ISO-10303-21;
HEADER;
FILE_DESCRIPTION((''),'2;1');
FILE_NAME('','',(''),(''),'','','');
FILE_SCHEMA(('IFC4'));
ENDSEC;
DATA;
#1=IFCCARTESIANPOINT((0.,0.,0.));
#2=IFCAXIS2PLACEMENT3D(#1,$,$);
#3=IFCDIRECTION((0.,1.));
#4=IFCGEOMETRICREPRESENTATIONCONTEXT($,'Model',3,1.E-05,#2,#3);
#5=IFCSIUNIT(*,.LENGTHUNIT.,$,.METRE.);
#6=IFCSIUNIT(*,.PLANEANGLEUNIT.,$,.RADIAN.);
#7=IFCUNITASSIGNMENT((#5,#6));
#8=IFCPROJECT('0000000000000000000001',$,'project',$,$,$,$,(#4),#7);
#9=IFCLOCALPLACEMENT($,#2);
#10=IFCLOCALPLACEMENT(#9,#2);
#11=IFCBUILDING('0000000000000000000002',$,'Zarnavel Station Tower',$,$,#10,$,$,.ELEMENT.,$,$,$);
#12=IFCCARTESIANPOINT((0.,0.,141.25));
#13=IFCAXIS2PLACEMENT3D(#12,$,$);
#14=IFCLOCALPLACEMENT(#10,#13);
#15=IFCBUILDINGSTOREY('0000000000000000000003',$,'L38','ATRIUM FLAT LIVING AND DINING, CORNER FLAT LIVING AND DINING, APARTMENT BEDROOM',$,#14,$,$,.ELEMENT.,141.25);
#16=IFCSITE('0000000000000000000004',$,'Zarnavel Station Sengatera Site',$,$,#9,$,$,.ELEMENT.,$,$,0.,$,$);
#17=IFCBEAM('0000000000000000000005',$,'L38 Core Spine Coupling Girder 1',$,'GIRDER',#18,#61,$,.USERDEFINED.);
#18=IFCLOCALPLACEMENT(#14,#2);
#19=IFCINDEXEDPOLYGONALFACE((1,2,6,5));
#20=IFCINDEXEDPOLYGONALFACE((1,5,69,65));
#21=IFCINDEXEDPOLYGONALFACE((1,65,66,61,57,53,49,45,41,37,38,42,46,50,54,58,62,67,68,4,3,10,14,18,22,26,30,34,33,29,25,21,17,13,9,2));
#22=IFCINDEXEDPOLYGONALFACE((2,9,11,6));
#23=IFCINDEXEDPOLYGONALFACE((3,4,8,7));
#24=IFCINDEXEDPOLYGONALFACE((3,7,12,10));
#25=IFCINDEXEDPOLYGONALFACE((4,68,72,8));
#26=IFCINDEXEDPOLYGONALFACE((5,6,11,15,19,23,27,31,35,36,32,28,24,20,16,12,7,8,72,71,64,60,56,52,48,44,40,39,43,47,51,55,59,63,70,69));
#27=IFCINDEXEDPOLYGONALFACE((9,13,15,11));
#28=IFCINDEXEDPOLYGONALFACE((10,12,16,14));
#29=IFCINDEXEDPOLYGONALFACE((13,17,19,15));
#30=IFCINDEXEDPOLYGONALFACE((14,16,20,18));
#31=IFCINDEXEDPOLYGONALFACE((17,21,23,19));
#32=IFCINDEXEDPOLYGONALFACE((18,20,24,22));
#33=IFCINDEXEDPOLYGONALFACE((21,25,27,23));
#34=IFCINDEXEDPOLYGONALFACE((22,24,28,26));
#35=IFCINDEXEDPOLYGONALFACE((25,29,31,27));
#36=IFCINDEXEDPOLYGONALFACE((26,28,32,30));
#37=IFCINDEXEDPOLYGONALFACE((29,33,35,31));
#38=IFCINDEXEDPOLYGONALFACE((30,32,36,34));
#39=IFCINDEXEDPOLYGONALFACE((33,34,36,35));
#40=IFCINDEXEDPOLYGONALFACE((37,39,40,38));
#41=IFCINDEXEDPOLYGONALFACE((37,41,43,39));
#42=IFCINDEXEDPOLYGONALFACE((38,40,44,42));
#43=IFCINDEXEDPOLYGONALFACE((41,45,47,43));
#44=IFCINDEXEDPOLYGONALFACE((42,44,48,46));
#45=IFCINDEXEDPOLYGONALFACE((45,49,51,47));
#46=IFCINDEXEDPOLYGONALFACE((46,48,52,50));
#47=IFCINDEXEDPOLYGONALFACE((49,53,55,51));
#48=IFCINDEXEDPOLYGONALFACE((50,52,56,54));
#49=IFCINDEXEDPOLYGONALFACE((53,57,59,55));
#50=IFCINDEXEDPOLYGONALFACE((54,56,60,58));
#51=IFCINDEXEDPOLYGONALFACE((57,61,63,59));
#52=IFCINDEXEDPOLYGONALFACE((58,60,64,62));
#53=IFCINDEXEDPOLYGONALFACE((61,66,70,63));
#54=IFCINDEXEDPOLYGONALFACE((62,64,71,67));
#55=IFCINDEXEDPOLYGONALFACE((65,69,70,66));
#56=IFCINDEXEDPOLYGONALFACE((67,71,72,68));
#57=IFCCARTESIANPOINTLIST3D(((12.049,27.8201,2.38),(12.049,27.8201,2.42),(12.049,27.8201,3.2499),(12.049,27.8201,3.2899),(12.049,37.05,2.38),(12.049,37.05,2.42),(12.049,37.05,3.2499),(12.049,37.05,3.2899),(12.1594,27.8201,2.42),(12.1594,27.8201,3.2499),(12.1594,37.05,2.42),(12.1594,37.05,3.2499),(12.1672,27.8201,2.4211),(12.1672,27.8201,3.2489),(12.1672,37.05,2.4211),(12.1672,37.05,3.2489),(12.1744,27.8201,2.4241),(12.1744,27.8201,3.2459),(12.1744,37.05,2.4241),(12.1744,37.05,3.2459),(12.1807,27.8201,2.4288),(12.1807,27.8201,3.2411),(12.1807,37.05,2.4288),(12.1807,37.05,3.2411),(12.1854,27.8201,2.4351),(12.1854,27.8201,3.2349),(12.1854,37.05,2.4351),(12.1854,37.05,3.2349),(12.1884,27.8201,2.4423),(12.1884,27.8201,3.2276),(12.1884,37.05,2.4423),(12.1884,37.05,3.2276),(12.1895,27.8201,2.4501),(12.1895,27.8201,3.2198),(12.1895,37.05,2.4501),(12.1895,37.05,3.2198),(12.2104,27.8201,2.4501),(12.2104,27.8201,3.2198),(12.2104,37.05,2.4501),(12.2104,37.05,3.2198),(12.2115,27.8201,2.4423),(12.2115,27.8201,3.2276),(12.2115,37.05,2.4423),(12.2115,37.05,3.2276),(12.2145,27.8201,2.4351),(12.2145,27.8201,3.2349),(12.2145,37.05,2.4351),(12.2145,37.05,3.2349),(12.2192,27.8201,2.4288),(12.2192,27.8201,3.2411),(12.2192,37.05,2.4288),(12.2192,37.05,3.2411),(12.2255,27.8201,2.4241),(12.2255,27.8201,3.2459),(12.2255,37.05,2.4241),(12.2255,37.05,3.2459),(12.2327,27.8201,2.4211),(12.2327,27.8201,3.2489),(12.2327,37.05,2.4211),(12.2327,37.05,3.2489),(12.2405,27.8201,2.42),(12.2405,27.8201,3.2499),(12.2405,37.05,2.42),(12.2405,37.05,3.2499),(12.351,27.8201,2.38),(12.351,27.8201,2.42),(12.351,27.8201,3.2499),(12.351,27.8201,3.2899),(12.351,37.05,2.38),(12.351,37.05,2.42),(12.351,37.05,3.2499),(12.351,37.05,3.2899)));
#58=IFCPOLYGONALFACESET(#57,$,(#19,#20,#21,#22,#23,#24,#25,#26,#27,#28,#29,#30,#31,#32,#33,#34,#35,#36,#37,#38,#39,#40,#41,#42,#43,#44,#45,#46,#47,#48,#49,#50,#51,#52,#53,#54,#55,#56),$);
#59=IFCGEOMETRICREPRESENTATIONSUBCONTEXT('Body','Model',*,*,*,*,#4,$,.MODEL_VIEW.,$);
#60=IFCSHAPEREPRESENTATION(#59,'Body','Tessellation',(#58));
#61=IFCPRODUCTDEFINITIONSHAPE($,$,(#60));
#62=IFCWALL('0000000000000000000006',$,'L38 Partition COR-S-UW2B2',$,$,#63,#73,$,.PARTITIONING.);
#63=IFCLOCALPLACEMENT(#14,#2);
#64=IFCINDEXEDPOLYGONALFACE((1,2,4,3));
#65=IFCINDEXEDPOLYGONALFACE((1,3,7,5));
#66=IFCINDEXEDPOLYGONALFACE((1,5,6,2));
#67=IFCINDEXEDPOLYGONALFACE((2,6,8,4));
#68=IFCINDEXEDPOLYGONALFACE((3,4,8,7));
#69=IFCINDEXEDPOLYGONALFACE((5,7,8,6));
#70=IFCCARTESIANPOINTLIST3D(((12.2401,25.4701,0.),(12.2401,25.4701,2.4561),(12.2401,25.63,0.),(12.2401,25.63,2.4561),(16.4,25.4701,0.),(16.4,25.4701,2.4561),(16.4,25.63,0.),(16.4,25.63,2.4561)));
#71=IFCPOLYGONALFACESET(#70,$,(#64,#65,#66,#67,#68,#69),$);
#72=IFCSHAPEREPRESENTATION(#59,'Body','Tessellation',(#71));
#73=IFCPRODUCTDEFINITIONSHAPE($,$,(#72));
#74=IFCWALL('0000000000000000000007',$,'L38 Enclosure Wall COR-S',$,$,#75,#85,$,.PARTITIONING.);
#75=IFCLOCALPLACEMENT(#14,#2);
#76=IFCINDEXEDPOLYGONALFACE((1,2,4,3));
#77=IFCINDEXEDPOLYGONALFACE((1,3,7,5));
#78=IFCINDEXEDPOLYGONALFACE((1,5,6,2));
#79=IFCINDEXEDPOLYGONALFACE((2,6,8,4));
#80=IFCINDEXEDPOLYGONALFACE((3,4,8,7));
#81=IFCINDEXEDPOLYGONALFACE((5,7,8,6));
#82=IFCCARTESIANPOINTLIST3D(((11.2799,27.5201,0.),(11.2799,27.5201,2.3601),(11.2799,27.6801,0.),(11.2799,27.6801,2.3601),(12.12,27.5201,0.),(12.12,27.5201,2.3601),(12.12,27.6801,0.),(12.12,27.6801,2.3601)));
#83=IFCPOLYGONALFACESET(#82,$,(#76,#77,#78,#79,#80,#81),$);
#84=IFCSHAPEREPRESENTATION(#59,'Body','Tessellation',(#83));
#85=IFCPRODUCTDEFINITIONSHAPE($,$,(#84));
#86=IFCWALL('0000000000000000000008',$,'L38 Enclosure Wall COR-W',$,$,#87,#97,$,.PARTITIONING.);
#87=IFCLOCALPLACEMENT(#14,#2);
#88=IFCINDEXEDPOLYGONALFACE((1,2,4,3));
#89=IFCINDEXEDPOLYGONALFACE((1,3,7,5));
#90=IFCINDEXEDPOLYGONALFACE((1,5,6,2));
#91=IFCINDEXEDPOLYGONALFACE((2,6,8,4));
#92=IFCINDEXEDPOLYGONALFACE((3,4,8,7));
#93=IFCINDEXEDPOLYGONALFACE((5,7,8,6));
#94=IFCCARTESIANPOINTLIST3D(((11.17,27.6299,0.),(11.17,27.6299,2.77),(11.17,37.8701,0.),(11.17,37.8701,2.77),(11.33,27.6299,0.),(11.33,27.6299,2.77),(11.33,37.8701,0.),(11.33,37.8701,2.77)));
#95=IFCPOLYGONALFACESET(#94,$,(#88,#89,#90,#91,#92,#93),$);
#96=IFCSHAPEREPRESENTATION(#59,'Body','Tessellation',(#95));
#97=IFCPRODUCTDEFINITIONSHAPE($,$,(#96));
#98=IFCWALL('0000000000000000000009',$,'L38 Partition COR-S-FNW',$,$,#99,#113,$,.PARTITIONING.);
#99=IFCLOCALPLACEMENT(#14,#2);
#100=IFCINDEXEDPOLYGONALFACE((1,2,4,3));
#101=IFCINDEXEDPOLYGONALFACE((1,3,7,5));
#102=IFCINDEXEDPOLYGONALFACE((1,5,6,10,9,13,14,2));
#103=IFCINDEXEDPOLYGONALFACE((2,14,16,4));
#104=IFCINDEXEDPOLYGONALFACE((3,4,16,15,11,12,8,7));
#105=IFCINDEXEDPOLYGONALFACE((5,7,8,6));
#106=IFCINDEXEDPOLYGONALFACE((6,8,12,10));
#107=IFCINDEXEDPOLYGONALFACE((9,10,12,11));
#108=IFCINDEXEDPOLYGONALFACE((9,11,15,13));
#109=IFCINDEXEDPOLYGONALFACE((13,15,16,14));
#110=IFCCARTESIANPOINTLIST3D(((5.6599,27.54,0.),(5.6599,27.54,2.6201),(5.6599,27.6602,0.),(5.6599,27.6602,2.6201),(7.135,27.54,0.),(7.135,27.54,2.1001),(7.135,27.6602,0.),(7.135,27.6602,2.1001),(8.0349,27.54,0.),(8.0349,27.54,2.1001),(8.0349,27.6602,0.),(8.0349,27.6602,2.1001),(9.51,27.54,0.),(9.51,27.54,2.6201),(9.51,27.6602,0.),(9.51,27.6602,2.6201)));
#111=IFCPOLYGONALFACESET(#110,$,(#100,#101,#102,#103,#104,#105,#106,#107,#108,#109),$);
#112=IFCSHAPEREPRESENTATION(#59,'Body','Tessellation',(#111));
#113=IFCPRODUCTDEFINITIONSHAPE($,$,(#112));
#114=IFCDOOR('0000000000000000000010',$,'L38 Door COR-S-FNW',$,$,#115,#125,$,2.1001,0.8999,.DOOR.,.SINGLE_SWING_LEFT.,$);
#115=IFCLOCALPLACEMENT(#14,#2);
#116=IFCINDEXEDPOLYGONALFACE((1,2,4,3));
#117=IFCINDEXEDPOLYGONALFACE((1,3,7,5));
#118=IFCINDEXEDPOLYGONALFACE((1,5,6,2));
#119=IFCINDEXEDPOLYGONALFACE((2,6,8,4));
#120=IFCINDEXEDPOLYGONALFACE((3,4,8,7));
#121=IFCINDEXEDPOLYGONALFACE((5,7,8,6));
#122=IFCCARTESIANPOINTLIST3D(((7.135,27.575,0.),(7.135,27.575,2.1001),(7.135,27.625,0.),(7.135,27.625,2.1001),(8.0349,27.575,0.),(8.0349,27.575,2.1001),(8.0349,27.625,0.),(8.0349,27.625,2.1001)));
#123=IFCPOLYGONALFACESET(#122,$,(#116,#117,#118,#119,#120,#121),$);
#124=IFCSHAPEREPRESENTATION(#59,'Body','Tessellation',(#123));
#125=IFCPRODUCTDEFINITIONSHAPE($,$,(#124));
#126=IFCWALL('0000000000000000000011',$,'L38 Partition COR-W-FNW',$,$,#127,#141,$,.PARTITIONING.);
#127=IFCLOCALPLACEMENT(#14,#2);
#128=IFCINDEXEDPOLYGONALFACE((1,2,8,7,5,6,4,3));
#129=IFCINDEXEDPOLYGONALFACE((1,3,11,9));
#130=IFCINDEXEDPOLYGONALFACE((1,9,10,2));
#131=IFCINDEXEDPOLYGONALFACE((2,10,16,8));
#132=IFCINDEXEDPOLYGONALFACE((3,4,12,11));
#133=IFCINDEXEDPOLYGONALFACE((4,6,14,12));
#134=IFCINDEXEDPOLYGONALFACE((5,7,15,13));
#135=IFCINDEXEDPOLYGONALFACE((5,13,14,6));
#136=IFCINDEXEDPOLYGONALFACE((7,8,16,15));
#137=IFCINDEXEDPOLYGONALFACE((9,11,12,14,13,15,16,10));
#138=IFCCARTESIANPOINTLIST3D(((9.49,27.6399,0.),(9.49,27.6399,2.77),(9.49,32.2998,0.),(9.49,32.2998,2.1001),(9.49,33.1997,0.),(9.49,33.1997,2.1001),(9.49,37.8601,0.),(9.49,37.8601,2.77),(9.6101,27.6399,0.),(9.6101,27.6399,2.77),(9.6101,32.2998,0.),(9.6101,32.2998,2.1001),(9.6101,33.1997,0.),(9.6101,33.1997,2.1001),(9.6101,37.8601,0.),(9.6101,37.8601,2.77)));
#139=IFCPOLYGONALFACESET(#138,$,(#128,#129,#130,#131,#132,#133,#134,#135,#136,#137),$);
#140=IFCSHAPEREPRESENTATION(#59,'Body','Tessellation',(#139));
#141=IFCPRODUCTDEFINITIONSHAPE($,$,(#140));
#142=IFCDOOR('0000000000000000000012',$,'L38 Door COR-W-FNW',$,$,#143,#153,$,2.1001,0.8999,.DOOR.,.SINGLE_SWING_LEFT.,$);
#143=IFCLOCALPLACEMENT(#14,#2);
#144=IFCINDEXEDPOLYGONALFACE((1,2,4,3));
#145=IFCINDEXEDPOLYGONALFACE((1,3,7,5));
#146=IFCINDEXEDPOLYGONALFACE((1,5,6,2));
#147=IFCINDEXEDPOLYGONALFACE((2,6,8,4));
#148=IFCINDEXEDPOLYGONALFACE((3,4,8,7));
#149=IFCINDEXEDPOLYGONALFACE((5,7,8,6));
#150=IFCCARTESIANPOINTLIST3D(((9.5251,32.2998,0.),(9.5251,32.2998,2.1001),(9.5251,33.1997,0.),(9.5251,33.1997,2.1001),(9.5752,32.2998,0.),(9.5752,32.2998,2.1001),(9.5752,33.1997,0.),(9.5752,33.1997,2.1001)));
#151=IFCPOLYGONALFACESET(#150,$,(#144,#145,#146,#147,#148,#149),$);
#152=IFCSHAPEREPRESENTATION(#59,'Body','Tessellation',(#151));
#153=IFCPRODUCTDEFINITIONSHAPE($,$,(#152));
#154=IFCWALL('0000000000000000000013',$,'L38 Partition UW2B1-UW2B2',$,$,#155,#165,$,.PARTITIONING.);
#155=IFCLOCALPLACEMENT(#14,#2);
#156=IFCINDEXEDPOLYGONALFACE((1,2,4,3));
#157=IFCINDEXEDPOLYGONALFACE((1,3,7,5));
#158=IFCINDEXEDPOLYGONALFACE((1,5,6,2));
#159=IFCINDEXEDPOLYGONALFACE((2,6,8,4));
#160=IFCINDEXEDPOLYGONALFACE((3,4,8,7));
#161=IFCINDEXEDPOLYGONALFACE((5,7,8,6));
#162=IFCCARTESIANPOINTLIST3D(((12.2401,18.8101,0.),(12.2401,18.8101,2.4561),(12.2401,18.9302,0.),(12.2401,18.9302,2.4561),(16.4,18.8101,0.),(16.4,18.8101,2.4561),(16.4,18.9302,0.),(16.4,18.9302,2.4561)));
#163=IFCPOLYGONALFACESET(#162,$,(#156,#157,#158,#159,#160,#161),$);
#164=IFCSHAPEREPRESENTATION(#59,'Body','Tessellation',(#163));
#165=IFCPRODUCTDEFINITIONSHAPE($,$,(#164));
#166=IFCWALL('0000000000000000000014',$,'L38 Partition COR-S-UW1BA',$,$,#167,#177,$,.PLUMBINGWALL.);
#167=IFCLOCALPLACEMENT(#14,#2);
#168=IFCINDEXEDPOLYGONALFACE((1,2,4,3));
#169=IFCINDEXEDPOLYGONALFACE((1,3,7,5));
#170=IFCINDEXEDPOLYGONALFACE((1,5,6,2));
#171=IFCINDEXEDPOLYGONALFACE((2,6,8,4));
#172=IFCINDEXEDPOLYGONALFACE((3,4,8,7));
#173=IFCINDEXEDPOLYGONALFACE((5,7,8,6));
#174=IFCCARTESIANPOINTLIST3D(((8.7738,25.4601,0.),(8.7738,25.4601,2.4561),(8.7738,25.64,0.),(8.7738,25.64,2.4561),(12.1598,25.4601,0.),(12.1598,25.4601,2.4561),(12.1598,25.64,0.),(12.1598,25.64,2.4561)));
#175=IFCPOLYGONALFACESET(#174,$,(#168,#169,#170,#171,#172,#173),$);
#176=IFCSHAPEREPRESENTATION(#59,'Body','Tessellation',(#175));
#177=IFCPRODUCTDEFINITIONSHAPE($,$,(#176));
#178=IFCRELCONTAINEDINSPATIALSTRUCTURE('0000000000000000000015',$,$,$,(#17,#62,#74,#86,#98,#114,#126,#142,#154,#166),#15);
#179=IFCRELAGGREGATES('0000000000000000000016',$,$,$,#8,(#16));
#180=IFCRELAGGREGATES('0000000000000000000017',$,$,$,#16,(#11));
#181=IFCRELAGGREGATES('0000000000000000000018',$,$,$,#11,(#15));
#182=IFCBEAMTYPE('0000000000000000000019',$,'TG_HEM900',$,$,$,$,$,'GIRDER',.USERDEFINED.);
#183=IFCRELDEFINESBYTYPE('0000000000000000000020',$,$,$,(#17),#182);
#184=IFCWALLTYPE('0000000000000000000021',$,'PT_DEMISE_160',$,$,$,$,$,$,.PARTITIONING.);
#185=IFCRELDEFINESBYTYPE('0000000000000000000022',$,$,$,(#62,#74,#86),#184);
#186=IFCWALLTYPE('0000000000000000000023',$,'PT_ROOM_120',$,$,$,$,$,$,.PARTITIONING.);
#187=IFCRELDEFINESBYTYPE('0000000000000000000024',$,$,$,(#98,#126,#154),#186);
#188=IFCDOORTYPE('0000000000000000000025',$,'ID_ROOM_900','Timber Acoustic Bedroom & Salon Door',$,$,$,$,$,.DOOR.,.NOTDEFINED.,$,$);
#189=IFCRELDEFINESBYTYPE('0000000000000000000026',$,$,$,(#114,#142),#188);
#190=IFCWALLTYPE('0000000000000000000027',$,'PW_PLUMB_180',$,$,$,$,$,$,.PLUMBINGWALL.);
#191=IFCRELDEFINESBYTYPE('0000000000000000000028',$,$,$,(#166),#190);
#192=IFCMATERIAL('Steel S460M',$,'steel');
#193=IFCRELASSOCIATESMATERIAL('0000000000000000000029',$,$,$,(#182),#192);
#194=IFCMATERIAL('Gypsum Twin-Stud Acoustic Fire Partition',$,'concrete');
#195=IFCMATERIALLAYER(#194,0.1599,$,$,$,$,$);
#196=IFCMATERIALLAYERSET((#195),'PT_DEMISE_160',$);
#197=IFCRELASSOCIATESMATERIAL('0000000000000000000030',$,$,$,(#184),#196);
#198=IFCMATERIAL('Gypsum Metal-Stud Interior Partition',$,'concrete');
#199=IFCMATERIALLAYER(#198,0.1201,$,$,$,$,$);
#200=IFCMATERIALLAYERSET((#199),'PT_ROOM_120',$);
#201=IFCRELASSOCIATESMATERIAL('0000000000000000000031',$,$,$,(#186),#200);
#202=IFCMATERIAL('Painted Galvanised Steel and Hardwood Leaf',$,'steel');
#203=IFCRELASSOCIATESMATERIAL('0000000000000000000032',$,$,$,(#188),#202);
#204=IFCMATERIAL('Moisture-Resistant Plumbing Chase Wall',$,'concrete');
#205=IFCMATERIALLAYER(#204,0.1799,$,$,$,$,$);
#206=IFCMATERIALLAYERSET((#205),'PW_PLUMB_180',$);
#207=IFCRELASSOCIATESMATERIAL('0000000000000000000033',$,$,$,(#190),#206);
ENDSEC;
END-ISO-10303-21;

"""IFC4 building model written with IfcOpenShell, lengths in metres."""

from ifc_helpers import new_model, si_unit, direction, frame, frame_2d, origin, origin_2d, place, context, subcontext, project, spatial, rectangle, i_section, extrude, material, layer, layer_set, material_profile, profile_set, type_object, element, fill, save


model = new_model("IFC4")

# Units and contexts
model_context = context("Model", 3, precision=1e-05, world=origin(), true_north=direction((0.0, 1.0)))
body_context = subcontext(model_context, "Body", "Model", "MODEL_VIEW")
ifc_project = project(units=[si_unit("LENGTHUNIT", "METRE"), si_unit("PLANEANGLEUNIT", "RADIAN")], contexts=[model_context])

# Site, building, storey
site_placement = place(None, origin())
site = spatial("IfcSite", under=ifc_project, at=site_placement, Name="Zarnavel Station Sengatera Site", CompositionType="ELEMENT", RefElevation=0.0)
building_placement = place(site_placement, origin())
building = spatial("IfcBuilding", under=site, at=building_placement, Name="Zarnavel Station Tower", CompositionType="ELEMENT")
storey_placement = place(building_placement, frame((0.0, 0.0, 141.25)))
storey = spatial("IfcBuildingStorey", under=building, at=storey_placement, Name="L38", Description="ATRIUM FLAT LIVING AND DINING, CORNER FLAT LIVING AND DINING, APARTMENT BEDROOM", CompositionType="ELEMENT", Elevation=141.25)

# Beam
ifc_material_1 = material(Name="Steel S460M", Category="steel")
ifc_material_profile_1 = material_profile(ifc_material_1, i_section(OverallWidth=0.302, OverallDepth=0.9099, WebThickness=0.021, FlangeThickness=0.04, FilletRadius=0.03, at=origin_2d()), Name="HEM900")
ifc_profile_set_1 = profile_set([ifc_material_profile_1], Name="Steel S460M")
beam_type_1 = type_object("IfcBeamType", Name="TG_HEM900", ElementType="GIRDER", PredefinedType="USERDEFINED", material=ifc_profile_set_1)
beam_1_placement = place(storey_placement, frame((12.2, 27.8201, 2.835), z_axis=(0.0, 1.0, 0.0), x_axis=(-1.0, 0.0, 0.0)))
element("IfcBeam", 1, at=beam_1_placement, inside=storey, type_object=beam_type_1, Name="L38 Core Spine Coupling Girder 1", ObjectType="GIRDER", PredefinedType="USERDEFINED", context=body_context, shape_type="SweptSolid", body=[
    extrude(i_section(OverallWidth=0.302, OverallDepth=0.9099, WebThickness=0.021, FlangeThickness=0.04, FilletRadius=0.03, at=origin_2d()), origin(), (0.0, 0.0, 1.0), 9.23),
])

# Shared definitions
ifc_material_2 = material(Name="Gypsum Twin-Stud Acoustic Fire Partition", Category="concrete")
ifc_layer_1 = layer(ifc_material_2, 0.1599)
ifc_layer_set_1 = layer_set([ifc_layer_1], Name="PT_DEMISE_160")
wall_type_1 = type_object("IfcWallType", Name="PT_DEMISE_160", PredefinedType="PARTITIONING", material=ifc_layer_set_1)

# Walls
wall_1_placement = place(storey_placement, frame((12.24, 25.55, 0.0), z_axis=(0.0, 0.0, 1.0), x_axis=(1.0, 0.0, 0.0)))
element("IfcWall", 2, at=wall_1_placement, inside=storey, type_object=wall_type_1, Name="L38 Partition COR-S-UW2B2", PredefinedType="PARTITIONING", context=body_context, shape_type="SweptSolid", body=[
    extrude(rectangle(XDim=4.1599, YDim=0.1599, at=frame_2d((2.0801, 0.0))), origin(), (0.0, 0.0, 1.0), 2.4561),
])
wall_2_placement = place(storey_placement, frame((11.28, 27.6001, 0.0), z_axis=(0.0, 0.0, 1.0), x_axis=(1.0, 0.0, 0.0)))
element("IfcWall", 3, at=wall_2_placement, inside=storey, type_object=wall_type_1, Name="L38 Enclosure Wall COR-S", PredefinedType="PARTITIONING", context=body_context, shape_type="SweptSolid", body=[
    extrude(rectangle(XDim=0.8401, YDim=0.1599, at=frame_2d((0.4199, 0.0))), origin(), (0.0, 0.0, 1.0), 2.3601),
])
wall_3_placement = place(storey_placement, frame((11.25, 27.6299, 0.0), z_axis=(0.0, 0.0, 1.0), x_axis=(0.0, 1.0, 0.0)))
element("IfcWall", 4, at=wall_3_placement, inside=storey, type_object=wall_type_1, Name="L38 Enclosure Wall COR-W", PredefinedType="PARTITIONING", context=body_context, shape_type="SweptSolid", body=[
    extrude(rectangle(XDim=10.2402, YDim=0.1599, at=frame_2d((5.1201, 0.0))), origin(), (0.0, 0.0, 1.0), 2.77),
])

# Walls, openings, doors
ifc_material_3 = material(Name="Gypsum Metal-Stud Interior Partition", Category="concrete")
ifc_layer_2 = layer(ifc_material_3, 0.1201)
ifc_layer_set_2 = layer_set([ifc_layer_2], Name="PT_ROOM_120")
wall_type_2 = type_object("IfcWallType", Name="PT_ROOM_120", PredefinedType="PARTITIONING", material=ifc_layer_set_2)
wall_4_placement = place(storey_placement, frame((5.6599, 27.6001, 0.0), z_axis=(0.0, 0.0, 1.0), x_axis=(1.0, 0.0, 0.0)))
wall_4 = element("IfcWall", 5, at=wall_4_placement, inside=storey, type_object=wall_type_2, Name="L38 Partition COR-S-FNW", PredefinedType="PARTITIONING", context=body_context, shape_type="SweptSolid", body=[
    extrude(rectangle(XDim=3.8501, YDim=0.1201, at=frame_2d((1.925, 0.0))), origin(), (0.0, 0.0, 1.0), 2.6201),
])
opening_1_placement = place(wall_4_placement, frame((1.4751, 0.0, 0.0)))
opening_1 = element("IfcOpeningElement", 6, at=opening_1_placement, cuts=wall_4, PredefinedType="OPENING", context=body_context, shape_type="SweptSolid", body=[
    extrude(rectangle(XDim=0.8999, YDim=2.1001, at=frame_2d((0.45, 1.05))), frame((0.0, 0.0701, 0.0), z_axis=(0.0, -1.0, 0.0), x_axis=(1.0, 0.0, 0.0)), (0.0, 0.0, 1.0), 0.1401),
])
ifc_material_4 = material(Name="Painted Galvanised Steel and Hardwood Leaf", Category="steel")
door_type_1 = type_object("IfcDoorType", Name="ID_ROOM_900", Description="Timber Acoustic Bedroom & Salon Door", OperationType="NOTDEFINED", PredefinedType="DOOR", material=ifc_material_4)
door_1_placement = place(opening_1_placement, origin())
door_1 = element("IfcDoor", 7, at=door_1_placement, inside=storey, type_object=door_type_1, Name="L38 Door COR-S-FNW", OperationType="SINGLE_SWING_LEFT", OverallHeight=2.1001, OverallWidth=0.8999, PredefinedType="DOOR", context=body_context, shape_type="SweptSolid", body=[
    extrude(rectangle(XDim=0.8999, YDim=2.1001, at=frame_2d((0.45, 1.05))), frame((0.0, 0.0249, 0.0), z_axis=(0.0, -1.0, 0.0), x_axis=(1.0, 0.0, 0.0)), (0.0, 0.0, 1.0), 0.05),
])
fill(opening_1, door_1)
wall_5_placement = place(storey_placement, frame((9.55, 27.6399, 0.0), z_axis=(0.0, 0.0, 1.0), x_axis=(0.0, 1.0, 0.0)))
wall_5 = element("IfcWall", 8, at=wall_5_placement, inside=storey, type_object=wall_type_2, Name="L38 Partition COR-W-FNW", PredefinedType="PARTITIONING", context=body_context, shape_type="SweptSolid", body=[
    extrude(rectangle(XDim=10.2202, YDim=0.1201, at=frame_2d((5.1101, 0.0))), origin(), (0.0, 0.0, 1.0), 2.77),
])
opening_2_placement = place(wall_5_placement, frame((4.6599, 0.0, 0.0)))
opening_2 = element("IfcOpeningElement", 9, at=opening_2_placement, cuts=wall_5, PredefinedType="OPENING", context=body_context, shape_type="SweptSolid", body=[
    extrude(rectangle(XDim=0.8999, YDim=2.1001, at=frame_2d((0.45, 1.05))), frame((0.0, 0.0701, 0.0), z_axis=(0.0, -1.0, 0.0), x_axis=(1.0, 0.0, 0.0)), (0.0, 0.0, 1.0), 0.1401),
])
door_2_placement = place(opening_2_placement, origin())
door_2 = element("IfcDoor", 10, at=door_2_placement, inside=storey, type_object=door_type_1, Name="L38 Door COR-W-FNW", OperationType="SINGLE_SWING_LEFT", OverallHeight=2.1001, OverallWidth=0.8999, PredefinedType="DOOR", context=body_context, shape_type="SweptSolid", body=[
    extrude(rectangle(XDim=0.8999, YDim=2.1001, at=frame_2d((0.45, 1.05))), frame((0.0, 0.0249, 0.0), z_axis=(0.0, -1.0, 0.0), x_axis=(1.0, 0.0, 0.0)), (0.0, 0.0, 1.0), 0.05),
])
fill(opening_2, door_2)

# Walls
wall_6_placement = place(storey_placement, frame((12.24, 18.8701, 0.0), z_axis=(0.0, 0.0, 1.0), x_axis=(1.0, 0.0, 0.0)))
element("IfcWall", 11, at=wall_6_placement, inside=storey, type_object=wall_type_2, Name="L38 Partition UW2B1-UW2B2", PredefinedType="PARTITIONING", context=body_context, shape_type="SweptSolid", body=[
    extrude(rectangle(XDim=4.1599, YDim=0.1201, at=frame_2d((2.0801, 0.0))), origin(), (0.0, 0.0, 1.0), 2.4561),
])
ifc_material_5 = material(Name="Moisture-Resistant Plumbing Chase Wall", Category="concrete")
ifc_layer_3 = layer(ifc_material_5, 0.1799)
ifc_layer_set_3 = layer_set([ifc_layer_3], Name="PW_PLUMB_180")
wall_type_3 = type_object("IfcWallType", Name="PW_PLUMB_180", PredefinedType="PLUMBINGWALL", material=ifc_layer_set_3)
wall_7_placement = place(storey_placement, frame((8.7739, 25.55, 0.0), z_axis=(0.0, 0.0, 1.0), x_axis=(1.0, 0.0, 0.0)))
element("IfcWall", 12, at=wall_7_placement, inside=storey, type_object=wall_type_3, Name="L38 Partition COR-S-UW1BA", PredefinedType="PLUMBINGWALL", context=body_context, shape_type="SweptSolid", body=[
    extrude(rectangle(XDim=3.386, YDim=0.1799, at=frame_2d((1.6929, 0.0))), origin(), (0.0, 0.0, 1.0), 2.4561),
])

save(model, "model.ifc")
